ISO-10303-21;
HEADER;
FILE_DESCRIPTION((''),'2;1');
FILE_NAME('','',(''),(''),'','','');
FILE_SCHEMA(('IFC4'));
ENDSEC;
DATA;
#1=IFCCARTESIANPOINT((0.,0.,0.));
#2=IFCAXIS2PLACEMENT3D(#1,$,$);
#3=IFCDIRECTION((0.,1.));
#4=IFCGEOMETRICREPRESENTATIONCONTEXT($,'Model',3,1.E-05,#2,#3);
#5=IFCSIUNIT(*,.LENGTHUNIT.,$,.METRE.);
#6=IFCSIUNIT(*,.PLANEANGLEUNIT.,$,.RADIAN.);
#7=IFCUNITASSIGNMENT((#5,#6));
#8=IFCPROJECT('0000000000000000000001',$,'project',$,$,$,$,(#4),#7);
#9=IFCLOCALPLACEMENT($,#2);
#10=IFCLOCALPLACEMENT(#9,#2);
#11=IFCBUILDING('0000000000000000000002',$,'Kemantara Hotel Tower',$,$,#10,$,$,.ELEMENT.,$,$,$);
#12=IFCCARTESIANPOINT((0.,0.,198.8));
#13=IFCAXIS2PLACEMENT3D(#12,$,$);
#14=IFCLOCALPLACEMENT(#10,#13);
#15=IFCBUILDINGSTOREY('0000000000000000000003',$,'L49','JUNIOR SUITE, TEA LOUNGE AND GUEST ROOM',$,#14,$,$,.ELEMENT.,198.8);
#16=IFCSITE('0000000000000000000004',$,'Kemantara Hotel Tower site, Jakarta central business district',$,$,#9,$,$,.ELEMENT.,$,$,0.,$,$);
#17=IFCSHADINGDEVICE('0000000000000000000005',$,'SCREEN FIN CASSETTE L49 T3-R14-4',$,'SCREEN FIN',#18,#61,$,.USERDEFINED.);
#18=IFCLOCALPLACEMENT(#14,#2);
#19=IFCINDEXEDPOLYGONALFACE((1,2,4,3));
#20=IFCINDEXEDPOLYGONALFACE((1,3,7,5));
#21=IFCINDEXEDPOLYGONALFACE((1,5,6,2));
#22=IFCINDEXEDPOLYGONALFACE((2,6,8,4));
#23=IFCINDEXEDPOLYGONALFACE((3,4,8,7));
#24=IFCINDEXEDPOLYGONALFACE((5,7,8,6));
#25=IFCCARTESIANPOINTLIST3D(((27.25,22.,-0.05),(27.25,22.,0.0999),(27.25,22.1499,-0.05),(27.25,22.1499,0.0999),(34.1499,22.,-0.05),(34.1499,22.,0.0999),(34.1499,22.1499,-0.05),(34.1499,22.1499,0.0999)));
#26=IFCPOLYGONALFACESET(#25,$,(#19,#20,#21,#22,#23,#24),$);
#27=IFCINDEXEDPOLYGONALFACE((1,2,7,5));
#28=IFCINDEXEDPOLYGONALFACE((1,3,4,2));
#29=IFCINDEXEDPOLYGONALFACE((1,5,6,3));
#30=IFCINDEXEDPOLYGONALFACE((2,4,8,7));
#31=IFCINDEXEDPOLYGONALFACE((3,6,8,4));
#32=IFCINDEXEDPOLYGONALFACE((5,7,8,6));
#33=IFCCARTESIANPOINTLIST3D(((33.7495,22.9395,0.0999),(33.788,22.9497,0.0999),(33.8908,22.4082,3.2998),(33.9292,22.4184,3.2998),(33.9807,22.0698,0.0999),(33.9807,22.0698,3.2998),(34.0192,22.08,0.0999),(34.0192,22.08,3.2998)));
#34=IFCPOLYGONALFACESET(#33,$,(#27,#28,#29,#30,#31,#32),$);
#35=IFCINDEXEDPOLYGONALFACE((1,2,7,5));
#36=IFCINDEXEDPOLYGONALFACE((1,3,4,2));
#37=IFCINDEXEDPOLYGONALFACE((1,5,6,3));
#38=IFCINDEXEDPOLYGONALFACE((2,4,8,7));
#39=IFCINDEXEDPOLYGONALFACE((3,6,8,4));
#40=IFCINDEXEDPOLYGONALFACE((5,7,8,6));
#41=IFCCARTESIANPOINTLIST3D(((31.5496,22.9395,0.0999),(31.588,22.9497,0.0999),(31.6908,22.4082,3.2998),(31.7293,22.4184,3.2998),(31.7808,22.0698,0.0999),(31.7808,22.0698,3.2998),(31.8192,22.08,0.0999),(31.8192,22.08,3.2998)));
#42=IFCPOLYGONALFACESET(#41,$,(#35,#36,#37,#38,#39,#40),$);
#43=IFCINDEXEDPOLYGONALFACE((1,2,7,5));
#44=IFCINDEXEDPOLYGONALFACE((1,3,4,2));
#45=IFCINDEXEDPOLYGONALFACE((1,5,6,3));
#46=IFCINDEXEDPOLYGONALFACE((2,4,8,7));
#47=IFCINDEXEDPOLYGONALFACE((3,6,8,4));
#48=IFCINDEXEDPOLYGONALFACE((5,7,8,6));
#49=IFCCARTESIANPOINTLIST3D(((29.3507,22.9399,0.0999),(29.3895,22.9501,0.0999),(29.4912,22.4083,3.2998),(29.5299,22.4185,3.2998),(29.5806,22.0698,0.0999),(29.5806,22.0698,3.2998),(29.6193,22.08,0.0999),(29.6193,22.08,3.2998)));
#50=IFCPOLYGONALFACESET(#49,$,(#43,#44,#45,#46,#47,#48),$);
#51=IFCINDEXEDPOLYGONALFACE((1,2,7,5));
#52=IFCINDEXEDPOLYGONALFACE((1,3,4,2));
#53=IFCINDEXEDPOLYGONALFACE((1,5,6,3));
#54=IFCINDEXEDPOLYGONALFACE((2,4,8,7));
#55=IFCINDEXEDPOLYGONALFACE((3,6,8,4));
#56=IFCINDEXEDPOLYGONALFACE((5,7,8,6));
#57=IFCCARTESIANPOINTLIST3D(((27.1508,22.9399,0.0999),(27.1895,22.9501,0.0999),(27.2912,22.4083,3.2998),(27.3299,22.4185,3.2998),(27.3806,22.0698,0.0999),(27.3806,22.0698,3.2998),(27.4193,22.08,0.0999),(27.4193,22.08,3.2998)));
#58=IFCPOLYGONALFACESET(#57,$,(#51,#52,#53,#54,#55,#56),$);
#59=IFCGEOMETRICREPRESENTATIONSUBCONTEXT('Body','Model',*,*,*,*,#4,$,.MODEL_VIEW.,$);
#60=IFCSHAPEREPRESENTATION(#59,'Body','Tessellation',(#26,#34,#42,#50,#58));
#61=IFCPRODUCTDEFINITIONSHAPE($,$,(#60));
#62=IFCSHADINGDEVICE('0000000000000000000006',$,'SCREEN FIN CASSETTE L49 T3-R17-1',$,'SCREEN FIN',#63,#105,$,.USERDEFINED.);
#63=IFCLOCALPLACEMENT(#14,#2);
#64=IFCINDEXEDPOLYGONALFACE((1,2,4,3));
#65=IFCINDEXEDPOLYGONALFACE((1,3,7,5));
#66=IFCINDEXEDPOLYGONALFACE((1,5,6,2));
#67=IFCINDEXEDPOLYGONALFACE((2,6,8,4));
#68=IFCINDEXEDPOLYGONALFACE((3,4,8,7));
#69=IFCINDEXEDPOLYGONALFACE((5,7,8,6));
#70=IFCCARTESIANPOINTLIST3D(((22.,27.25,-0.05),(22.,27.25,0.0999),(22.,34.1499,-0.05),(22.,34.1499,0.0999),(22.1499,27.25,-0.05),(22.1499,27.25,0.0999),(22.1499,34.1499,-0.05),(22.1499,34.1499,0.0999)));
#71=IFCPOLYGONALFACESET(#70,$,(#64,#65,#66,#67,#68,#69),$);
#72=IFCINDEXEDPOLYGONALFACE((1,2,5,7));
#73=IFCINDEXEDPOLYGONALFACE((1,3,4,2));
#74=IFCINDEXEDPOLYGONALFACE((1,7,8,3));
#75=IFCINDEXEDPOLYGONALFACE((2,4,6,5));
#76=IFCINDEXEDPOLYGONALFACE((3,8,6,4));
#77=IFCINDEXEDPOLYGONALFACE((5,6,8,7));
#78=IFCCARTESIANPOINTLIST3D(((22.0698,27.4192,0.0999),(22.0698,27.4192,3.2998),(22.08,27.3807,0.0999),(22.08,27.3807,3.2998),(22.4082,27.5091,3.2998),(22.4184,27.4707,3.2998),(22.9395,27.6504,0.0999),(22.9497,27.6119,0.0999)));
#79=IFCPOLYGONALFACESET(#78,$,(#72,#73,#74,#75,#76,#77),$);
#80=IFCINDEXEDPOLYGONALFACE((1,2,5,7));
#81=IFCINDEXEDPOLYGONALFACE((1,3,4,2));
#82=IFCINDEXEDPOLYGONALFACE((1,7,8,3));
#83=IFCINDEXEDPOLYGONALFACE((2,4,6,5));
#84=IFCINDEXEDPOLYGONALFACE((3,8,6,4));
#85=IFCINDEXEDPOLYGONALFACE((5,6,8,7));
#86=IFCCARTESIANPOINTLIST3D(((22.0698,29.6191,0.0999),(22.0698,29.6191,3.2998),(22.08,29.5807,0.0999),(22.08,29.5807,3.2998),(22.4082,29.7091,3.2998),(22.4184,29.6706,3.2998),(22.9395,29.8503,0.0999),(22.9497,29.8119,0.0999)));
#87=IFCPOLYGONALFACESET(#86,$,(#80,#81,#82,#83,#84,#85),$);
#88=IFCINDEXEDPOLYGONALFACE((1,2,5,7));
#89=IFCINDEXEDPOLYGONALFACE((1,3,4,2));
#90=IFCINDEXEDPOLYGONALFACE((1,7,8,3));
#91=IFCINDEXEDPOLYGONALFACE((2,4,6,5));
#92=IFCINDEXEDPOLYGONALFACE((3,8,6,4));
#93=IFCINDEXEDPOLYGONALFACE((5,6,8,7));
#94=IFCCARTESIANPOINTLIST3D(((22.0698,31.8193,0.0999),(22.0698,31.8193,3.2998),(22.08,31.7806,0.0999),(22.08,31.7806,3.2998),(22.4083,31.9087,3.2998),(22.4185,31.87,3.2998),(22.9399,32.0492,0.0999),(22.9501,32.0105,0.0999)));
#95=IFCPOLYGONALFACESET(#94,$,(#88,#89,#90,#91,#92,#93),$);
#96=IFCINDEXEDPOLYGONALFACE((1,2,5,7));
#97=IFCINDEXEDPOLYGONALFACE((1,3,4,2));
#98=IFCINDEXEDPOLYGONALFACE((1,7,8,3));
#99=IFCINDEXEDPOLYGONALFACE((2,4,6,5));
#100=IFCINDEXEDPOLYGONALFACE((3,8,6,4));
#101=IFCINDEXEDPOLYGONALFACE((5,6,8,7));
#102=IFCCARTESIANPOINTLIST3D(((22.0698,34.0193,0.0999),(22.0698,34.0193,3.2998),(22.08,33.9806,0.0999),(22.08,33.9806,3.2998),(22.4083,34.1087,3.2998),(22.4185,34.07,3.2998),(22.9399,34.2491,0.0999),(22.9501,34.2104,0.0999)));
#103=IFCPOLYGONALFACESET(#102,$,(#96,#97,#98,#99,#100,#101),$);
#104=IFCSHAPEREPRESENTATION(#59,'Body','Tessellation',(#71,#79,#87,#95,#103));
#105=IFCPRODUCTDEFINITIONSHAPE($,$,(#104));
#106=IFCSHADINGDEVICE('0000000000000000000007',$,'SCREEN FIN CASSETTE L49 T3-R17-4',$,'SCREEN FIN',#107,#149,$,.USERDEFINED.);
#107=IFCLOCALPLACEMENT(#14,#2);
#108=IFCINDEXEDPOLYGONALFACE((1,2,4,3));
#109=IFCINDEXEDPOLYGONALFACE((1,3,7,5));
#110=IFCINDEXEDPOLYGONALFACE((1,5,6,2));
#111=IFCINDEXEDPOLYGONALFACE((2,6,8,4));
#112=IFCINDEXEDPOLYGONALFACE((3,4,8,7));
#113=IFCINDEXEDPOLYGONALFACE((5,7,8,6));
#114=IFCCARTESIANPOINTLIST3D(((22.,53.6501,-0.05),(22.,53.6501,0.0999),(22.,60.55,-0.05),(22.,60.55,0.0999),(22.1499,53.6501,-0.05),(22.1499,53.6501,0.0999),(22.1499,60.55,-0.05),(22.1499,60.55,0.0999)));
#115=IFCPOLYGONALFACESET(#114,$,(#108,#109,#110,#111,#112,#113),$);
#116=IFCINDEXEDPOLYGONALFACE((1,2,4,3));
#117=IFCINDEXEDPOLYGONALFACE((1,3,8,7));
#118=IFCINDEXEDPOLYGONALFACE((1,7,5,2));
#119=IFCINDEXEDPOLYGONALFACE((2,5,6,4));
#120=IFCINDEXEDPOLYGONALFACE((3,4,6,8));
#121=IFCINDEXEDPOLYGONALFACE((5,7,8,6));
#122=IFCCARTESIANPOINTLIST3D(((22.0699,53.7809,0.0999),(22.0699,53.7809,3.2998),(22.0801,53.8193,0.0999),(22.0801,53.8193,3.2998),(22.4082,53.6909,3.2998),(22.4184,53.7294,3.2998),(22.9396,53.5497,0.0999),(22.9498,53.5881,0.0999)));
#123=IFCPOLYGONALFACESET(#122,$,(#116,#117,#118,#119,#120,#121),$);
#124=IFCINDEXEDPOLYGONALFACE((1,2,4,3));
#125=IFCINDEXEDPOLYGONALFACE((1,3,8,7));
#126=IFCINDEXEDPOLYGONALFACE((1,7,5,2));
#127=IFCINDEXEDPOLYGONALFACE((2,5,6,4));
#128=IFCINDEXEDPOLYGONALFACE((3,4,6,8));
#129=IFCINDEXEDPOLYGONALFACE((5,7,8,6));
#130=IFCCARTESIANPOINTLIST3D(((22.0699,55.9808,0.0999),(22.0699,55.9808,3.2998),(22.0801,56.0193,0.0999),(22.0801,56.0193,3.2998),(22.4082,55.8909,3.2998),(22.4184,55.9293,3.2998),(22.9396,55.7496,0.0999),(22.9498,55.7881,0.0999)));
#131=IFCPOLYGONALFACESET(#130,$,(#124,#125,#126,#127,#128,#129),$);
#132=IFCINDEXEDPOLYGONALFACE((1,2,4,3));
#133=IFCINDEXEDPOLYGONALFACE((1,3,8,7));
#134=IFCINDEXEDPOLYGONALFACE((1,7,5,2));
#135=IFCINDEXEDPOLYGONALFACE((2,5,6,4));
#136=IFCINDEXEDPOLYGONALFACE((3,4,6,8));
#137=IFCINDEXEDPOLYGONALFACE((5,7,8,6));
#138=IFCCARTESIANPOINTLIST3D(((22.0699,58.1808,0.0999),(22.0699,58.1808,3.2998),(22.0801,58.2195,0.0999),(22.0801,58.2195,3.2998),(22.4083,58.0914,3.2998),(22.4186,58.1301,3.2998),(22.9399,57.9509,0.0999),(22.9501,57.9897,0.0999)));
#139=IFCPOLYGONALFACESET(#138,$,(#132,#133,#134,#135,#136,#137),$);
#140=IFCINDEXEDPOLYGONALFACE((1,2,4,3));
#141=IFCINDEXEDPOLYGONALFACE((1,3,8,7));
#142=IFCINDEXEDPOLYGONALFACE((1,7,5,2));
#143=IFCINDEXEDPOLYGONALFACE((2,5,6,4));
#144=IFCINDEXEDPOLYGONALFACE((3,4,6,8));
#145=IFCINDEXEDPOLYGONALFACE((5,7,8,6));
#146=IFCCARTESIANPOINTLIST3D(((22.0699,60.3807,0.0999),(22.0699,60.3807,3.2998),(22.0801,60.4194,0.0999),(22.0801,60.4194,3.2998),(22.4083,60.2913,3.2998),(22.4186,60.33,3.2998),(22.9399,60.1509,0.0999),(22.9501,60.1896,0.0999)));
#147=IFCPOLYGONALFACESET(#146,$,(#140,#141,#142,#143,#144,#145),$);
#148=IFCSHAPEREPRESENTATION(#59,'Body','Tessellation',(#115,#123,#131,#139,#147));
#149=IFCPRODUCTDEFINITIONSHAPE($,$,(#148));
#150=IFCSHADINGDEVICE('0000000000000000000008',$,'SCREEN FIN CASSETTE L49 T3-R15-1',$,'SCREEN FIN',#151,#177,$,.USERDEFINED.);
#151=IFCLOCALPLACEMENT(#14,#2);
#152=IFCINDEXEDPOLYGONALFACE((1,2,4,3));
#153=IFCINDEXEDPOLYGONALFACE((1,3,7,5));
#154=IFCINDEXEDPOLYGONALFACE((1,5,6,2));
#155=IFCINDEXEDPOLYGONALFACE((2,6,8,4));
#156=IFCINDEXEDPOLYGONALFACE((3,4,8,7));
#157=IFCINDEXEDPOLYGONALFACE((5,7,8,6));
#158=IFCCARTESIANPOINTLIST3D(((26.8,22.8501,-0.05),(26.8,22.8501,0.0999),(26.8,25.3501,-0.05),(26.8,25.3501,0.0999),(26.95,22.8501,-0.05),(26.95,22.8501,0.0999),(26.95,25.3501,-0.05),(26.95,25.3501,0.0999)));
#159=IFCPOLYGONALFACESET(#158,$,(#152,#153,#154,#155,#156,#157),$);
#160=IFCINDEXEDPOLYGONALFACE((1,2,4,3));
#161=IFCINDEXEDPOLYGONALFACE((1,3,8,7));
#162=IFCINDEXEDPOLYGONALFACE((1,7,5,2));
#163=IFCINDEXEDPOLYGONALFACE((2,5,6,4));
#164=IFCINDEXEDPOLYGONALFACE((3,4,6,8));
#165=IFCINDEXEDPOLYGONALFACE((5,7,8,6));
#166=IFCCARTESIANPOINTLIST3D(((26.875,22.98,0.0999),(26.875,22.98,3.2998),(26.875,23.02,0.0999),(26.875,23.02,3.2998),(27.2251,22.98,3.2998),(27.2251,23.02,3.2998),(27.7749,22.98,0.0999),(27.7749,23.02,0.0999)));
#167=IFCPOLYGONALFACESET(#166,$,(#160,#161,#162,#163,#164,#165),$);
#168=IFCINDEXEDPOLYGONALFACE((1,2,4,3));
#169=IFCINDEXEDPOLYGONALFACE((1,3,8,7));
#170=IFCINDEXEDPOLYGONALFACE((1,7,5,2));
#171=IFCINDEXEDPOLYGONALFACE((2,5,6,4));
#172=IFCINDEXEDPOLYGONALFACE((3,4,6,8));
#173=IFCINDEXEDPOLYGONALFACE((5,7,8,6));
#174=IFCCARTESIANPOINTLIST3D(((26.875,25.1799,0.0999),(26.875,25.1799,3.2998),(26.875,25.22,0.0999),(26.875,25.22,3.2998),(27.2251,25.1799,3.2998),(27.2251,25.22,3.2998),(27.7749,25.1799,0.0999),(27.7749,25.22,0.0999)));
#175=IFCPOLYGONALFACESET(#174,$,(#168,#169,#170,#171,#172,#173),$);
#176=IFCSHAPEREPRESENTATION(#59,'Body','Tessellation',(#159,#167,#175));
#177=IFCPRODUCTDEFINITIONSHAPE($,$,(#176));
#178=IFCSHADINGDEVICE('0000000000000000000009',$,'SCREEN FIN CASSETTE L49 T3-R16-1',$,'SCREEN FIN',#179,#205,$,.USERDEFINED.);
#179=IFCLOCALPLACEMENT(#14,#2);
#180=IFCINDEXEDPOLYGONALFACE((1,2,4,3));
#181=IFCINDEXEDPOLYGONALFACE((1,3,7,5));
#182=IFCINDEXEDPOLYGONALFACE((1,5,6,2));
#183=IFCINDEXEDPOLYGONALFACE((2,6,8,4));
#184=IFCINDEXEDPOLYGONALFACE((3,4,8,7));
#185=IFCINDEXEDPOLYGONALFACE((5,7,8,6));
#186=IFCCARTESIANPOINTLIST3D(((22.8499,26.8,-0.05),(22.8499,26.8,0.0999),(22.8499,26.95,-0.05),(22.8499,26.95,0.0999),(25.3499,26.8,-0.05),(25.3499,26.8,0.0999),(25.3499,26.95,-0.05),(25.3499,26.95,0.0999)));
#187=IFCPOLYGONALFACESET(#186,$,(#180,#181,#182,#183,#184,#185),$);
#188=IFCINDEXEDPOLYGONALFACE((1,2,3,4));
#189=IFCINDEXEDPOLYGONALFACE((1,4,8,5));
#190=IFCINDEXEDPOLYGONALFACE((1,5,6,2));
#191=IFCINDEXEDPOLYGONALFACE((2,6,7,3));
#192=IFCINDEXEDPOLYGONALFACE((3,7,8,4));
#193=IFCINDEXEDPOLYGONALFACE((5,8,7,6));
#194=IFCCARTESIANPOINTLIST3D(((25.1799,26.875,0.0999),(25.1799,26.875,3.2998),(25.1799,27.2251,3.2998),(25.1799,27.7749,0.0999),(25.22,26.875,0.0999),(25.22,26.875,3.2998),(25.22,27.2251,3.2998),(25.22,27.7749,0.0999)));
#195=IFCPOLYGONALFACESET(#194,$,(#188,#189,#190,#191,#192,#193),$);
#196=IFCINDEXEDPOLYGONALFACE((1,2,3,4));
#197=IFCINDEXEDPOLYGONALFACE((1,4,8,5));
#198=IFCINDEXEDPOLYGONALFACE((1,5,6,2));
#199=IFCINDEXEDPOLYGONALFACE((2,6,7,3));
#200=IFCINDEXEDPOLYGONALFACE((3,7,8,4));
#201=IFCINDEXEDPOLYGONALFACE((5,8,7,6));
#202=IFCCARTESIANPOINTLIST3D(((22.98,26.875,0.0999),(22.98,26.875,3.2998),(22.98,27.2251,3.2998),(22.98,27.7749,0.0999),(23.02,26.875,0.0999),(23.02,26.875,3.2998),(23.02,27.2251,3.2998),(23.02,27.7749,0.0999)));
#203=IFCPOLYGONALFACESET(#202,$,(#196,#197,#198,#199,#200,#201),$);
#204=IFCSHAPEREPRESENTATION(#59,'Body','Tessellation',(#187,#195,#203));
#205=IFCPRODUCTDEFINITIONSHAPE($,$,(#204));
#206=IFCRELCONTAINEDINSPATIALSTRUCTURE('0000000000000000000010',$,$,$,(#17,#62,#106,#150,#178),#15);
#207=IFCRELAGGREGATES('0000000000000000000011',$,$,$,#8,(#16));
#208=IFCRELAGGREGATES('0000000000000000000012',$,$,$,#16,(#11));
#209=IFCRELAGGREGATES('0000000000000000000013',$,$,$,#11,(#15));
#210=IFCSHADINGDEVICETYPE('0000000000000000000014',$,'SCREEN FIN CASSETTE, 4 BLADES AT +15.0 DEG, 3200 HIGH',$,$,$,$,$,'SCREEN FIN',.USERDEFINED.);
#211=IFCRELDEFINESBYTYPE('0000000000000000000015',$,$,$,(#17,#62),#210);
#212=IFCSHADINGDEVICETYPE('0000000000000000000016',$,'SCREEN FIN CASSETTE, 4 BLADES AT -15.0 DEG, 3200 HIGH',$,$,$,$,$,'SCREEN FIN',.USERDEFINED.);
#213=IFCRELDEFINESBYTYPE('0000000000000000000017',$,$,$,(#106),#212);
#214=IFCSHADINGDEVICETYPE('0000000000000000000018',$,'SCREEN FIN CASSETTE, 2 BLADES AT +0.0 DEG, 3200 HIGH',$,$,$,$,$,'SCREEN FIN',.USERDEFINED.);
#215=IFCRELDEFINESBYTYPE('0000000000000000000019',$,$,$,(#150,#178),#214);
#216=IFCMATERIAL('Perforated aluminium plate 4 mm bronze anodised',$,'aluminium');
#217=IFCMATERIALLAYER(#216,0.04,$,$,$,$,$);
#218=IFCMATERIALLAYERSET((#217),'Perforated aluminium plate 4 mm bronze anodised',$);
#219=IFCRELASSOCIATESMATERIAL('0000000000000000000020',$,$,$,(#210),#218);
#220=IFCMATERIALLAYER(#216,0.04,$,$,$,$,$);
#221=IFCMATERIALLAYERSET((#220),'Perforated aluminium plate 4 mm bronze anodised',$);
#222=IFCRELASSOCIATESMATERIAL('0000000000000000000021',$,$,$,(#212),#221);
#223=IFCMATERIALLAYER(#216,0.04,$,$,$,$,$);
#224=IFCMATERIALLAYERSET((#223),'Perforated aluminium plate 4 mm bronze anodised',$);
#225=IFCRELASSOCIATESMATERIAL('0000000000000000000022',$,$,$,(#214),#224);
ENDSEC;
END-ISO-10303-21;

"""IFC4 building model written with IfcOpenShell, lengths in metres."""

from ifc_helpers import new_model, si_unit, direction, frame, origin, origin_2d, place, context, subcontext, project, spatial, polyline, rectangle, outline, extrude, source, transform, mapped, material, layer, layer_set, type_object, element, save


model = new_model("IFC4")

# Units and contexts
model_context = context("Model", 3, precision=1e-05, world=origin(), true_north=direction((0.0, 1.0)))
body_context = subcontext(model_context, "Body", "Model", "MODEL_VIEW")
ifc_project = project(units=[si_unit("LENGTHUNIT", "METRE"), si_unit("PLANEANGLEUNIT", "RADIAN")], contexts=[model_context])

# Site, building, storey
site_placement = place(None, origin())
site = spatial("IfcSite", under=ifc_project, at=site_placement, Name="Kemantara Hotel Tower site, Jakarta central business district", CompositionType="ELEMENT", RefElevation=0.0)
building_placement = place(site_placement, origin())
building = spatial("IfcBuilding", under=site, at=building_placement, Name="Kemantara Hotel Tower", CompositionType="ELEMENT")
storey_placement = place(building_placement, frame((0.0, 0.0, 198.8)))
storey = spatial("IfcBuildingStorey", under=building, at=storey_placement, Name="L49", Description="JUNIOR SUITE, TEA LOUNGE AND GUEST ROOM", CompositionType="ELEMENT", Elevation=198.8)

# Shading devices
ifc_material_1 = material(Name="Perforated aluminium plate 4 mm bronze anodised", Category="aluminium")
ifc_layer_1 = layer(ifc_material_1, 0.04)
ifc_layer_set_1 = layer_set([ifc_layer_1], Name="Perforated aluminium plate 4 mm bronze anodised")
shading_device_type_1 = type_object("IfcShadingDeviceType", Name="SCREEN FIN CASSETTE, 4 BLADES AT +15.0 DEG, 3200 HIGH", ElementType="SCREEN FIN", PredefinedType="USERDEFINED", material=ifc_layer_set_1)
shared_shape_1 = source(origin(), body_context, "Body", "SweptSolid", [
    extrude(rectangle(XDim=6.8999, YDim=0.1499, at=origin_2d()), frame((3.3, -0.075, -0.1499), z_axis=(0.0, 0.0, 1.0), x_axis=(1.0, 0.0, 0.0)), (0.0, 0.0, 1.0), 0.1499),
    extrude(outline(polyline([(0.0, 0.0), (0.8999, 0.0), (0.3501, 3.2), (0.0, 3.2), (0.0, 0.0)])), frame((0.0193, -0.0698, 0.0), z_axis=(-0.966438, -0.256901, 0.0), x_axis=(0.256901, -0.966438, 0.0)), (0.0, 0.0, 1.0), 0.0398),
    extrude(outline(polyline([(0.0, 0.0), (0.8999, 0.0), (0.3501, 3.2), (0.0, 3.2), (0.0, 0.0)])), frame((2.2192, -0.0698, 0.0), z_axis=(-0.966438, -0.256901, 0.0), x_axis=(0.256901, -0.966438, 0.0)), (0.0, 0.0, 1.0), 0.0398),
    extrude(outline(polyline([(0.0, 0.0), (0.8999, 0.0), (0.3501, 3.2), (0.0, 3.2), (0.0, 0.0)])), frame((4.4194, -0.0698, 0.0), z_axis=(-0.966838, -0.255391, 0.0), x_axis=(0.255391, -0.966838, 0.0)), (0.0, 0.0, 1.0), 0.04),
    extrude(outline(polyline([(0.0, 0.0), (0.8999, 0.0), (0.3501, 3.2), (0.0, 3.2), (0.0, 0.0)])), frame((6.6194, -0.0698, 0.0), z_axis=(-0.966838, -0.255391, 0.0), x_axis=(0.255391, -0.966838, 0.0)), (0.0, 0.0, 1.0), 0.04),
])
for number, where, z_axis, x_axis, name in (
    (1, (34.0, 22.0, 0.0999), (0.0, 0.0, 1.0), (-1.0, 0.0, 0.0), "SCREEN FIN CASSETTE L49 T3-R14-4"),
    (2, (22.0, 27.3999, 0.0999), (0.0, 0.0, 1.0), (0.0, 1.0, 0.0), "SCREEN FIN CASSETTE L49 T3-R17-1"),
):
    element("IfcShadingDevice", number, at=place(storey_placement, frame(where, z_axis=z_axis, x_axis=x_axis)), inside=storey, type_object=shading_device_type_1, Name=name, ObjectType="SCREEN FIN", PredefinedType="USERDEFINED", context=body_context, shape_type="MappedRepresentation", body=[
        mapped(shared_shape_1, transform((0.0, 0.0, 0.0))),
    ])
ifc_layer_2 = layer(ifc_material_1, 0.04)
ifc_layer_set_2 = layer_set([ifc_layer_2], Name="Perforated aluminium plate 4 mm bronze anodised")
shading_device_type_2 = type_object("IfcShadingDeviceType", Name="SCREEN FIN CASSETTE, 4 BLADES AT -15.0 DEG, 3200 HIGH", ElementType="SCREEN FIN", PredefinedType="USERDEFINED", material=ifc_layer_set_2)
shared_shape_2 = source(origin(), body_context, "Body", "SweptSolid", [
    extrude(rectangle(XDim=6.8999, YDim=0.1499, at=origin_2d()), frame((3.3, -0.075, -0.1499), z_axis=(0.0, 0.0, 1.0), x_axis=(1.0, 0.0, 0.0)), (0.0, 0.0, 1.0), 0.1499),
    extrude(outline(polyline([(0.0, 0.0), (0.8999, 0.0), (0.3501, 3.2), (0.0, 3.2), (0.0, 0.0)])), frame((0.0193, -0.0801, 0.0), z_axis=(-0.966438, 0.256901, 0.0), x_axis=(-0.256901, -0.966438, 0.0)), (0.0, 0.0, 1.0), 0.0398),
    extrude(outline(polyline([(0.0, 0.0), (0.8999, 0.0), (0.3501, 3.2), (0.0, 3.2), (0.0, 0.0)])), frame((2.2192, -0.0801, 0.0), z_axis=(-0.966438, 0.256901, 0.0), x_axis=(-0.256901, -0.966438, 0.0)), (0.0, 0.0, 1.0), 0.0398),
    extrude(outline(polyline([(0.0, 0.0), (0.8999, 0.0), (0.3501, 3.2), (0.0, 3.2), (0.0, 0.0)])), frame((4.4194, -0.0801, 0.0), z_axis=(-0.966838, 0.255391, 0.0), x_axis=(-0.255391, -0.966838, 0.0)), (0.0, 0.0, 1.0), 0.04),
    extrude(outline(polyline([(0.0, 0.0), (0.8999, 0.0), (0.3501, 3.2), (0.0, 3.2), (0.0, 0.0)])), frame((6.6194, -0.0801, 0.0), z_axis=(-0.966838, 0.255391, 0.0), x_axis=(-0.255391, -0.966838, 0.0)), (0.0, 0.0, 1.0), 0.04),
])
shading_device_1_placement = place(storey_placement, frame((22.0, 53.8, 0.0999), z_axis=(0.0, 0.0, 1.0), x_axis=(0.0, 1.0, 0.0)))
element("IfcShadingDevice", 3, at=shading_device_1_placement, inside=storey, type_object=shading_device_type_2, Name="SCREEN FIN CASSETTE L49 T3-R17-4", ObjectType="SCREEN FIN", PredefinedType="USERDEFINED", context=body_context, shape_type="MappedRepresentation", body=[
    mapped(shared_shape_2, transform((0.0, 0.0, 0.0))),
])
ifc_layer_3 = layer(ifc_material_1, 0.04)
ifc_layer_set_3 = layer_set([ifc_layer_3], Name="Perforated aluminium plate 4 mm bronze anodised")
shading_device_type_3 = type_object("IfcShadingDeviceType", Name="SCREEN FIN CASSETTE, 2 BLADES AT +0.0 DEG, 3200 HIGH", ElementType="SCREEN FIN", PredefinedType="USERDEFINED", material=ifc_layer_set_3)
shared_shape_3 = source(origin(), body_context, "Body", "SweptSolid", [
    extrude(rectangle(XDim=2.5, YDim=0.1499, at=origin_2d()), frame((1.1001, -0.075, -0.1499), z_axis=(0.0, 0.0, 1.0), x_axis=(1.0, 0.0, 0.0)), (0.0, 0.0, 1.0), 0.1499),
    extrude(outline(polyline([(0.0, 0.0), (0.8999, 0.0), (0.3501, 3.2), (0.0, 3.2), (0.0, 0.0)])), frame((0.02, -0.075, 0.0), z_axis=(-1.0, 0.0, 0.0), x_axis=(0.0, -1.0, 0.0)), (0.0, 0.0, 1.0), 0.04),
    extrude(outline(polyline([(0.0, 0.0), (0.8999, 0.0), (0.3501, 3.2), (0.0, 3.2), (0.0, 0.0)])), frame((2.22, -0.075, 0.0), z_axis=(-1.0, 0.0, 0.0), x_axis=(0.0, -1.0, 0.0)), (0.0, 0.0, 1.0), 0.04),
])
for number, where, z_axis, x_axis, name in (
    (4, (26.8, 23.0, 0.0999), (0.0, 0.0, 1.0), (0.0, 1.0, 0.0), "SCREEN FIN CASSETTE L49 T3-R15-1"),
    (5, (25.2, 26.8, 0.0999), (0.0, 0.0, 1.0), (-1.0, 0.0, 0.0), "SCREEN FIN CASSETTE L49 T3-R16-1"),
):
    element("IfcShadingDevice", number, at=place(storey_placement, frame(where, z_axis=z_axis, x_axis=x_axis)), inside=storey, type_object=shading_device_type_3, Name=name, ObjectType="SCREEN FIN", PredefinedType="USERDEFINED", context=body_context, shape_type="MappedRepresentation", body=[
        mapped(shared_shape_3, transform((0.0, 0.0, 0.0))),
    ])

save(model, "model.ifc")
